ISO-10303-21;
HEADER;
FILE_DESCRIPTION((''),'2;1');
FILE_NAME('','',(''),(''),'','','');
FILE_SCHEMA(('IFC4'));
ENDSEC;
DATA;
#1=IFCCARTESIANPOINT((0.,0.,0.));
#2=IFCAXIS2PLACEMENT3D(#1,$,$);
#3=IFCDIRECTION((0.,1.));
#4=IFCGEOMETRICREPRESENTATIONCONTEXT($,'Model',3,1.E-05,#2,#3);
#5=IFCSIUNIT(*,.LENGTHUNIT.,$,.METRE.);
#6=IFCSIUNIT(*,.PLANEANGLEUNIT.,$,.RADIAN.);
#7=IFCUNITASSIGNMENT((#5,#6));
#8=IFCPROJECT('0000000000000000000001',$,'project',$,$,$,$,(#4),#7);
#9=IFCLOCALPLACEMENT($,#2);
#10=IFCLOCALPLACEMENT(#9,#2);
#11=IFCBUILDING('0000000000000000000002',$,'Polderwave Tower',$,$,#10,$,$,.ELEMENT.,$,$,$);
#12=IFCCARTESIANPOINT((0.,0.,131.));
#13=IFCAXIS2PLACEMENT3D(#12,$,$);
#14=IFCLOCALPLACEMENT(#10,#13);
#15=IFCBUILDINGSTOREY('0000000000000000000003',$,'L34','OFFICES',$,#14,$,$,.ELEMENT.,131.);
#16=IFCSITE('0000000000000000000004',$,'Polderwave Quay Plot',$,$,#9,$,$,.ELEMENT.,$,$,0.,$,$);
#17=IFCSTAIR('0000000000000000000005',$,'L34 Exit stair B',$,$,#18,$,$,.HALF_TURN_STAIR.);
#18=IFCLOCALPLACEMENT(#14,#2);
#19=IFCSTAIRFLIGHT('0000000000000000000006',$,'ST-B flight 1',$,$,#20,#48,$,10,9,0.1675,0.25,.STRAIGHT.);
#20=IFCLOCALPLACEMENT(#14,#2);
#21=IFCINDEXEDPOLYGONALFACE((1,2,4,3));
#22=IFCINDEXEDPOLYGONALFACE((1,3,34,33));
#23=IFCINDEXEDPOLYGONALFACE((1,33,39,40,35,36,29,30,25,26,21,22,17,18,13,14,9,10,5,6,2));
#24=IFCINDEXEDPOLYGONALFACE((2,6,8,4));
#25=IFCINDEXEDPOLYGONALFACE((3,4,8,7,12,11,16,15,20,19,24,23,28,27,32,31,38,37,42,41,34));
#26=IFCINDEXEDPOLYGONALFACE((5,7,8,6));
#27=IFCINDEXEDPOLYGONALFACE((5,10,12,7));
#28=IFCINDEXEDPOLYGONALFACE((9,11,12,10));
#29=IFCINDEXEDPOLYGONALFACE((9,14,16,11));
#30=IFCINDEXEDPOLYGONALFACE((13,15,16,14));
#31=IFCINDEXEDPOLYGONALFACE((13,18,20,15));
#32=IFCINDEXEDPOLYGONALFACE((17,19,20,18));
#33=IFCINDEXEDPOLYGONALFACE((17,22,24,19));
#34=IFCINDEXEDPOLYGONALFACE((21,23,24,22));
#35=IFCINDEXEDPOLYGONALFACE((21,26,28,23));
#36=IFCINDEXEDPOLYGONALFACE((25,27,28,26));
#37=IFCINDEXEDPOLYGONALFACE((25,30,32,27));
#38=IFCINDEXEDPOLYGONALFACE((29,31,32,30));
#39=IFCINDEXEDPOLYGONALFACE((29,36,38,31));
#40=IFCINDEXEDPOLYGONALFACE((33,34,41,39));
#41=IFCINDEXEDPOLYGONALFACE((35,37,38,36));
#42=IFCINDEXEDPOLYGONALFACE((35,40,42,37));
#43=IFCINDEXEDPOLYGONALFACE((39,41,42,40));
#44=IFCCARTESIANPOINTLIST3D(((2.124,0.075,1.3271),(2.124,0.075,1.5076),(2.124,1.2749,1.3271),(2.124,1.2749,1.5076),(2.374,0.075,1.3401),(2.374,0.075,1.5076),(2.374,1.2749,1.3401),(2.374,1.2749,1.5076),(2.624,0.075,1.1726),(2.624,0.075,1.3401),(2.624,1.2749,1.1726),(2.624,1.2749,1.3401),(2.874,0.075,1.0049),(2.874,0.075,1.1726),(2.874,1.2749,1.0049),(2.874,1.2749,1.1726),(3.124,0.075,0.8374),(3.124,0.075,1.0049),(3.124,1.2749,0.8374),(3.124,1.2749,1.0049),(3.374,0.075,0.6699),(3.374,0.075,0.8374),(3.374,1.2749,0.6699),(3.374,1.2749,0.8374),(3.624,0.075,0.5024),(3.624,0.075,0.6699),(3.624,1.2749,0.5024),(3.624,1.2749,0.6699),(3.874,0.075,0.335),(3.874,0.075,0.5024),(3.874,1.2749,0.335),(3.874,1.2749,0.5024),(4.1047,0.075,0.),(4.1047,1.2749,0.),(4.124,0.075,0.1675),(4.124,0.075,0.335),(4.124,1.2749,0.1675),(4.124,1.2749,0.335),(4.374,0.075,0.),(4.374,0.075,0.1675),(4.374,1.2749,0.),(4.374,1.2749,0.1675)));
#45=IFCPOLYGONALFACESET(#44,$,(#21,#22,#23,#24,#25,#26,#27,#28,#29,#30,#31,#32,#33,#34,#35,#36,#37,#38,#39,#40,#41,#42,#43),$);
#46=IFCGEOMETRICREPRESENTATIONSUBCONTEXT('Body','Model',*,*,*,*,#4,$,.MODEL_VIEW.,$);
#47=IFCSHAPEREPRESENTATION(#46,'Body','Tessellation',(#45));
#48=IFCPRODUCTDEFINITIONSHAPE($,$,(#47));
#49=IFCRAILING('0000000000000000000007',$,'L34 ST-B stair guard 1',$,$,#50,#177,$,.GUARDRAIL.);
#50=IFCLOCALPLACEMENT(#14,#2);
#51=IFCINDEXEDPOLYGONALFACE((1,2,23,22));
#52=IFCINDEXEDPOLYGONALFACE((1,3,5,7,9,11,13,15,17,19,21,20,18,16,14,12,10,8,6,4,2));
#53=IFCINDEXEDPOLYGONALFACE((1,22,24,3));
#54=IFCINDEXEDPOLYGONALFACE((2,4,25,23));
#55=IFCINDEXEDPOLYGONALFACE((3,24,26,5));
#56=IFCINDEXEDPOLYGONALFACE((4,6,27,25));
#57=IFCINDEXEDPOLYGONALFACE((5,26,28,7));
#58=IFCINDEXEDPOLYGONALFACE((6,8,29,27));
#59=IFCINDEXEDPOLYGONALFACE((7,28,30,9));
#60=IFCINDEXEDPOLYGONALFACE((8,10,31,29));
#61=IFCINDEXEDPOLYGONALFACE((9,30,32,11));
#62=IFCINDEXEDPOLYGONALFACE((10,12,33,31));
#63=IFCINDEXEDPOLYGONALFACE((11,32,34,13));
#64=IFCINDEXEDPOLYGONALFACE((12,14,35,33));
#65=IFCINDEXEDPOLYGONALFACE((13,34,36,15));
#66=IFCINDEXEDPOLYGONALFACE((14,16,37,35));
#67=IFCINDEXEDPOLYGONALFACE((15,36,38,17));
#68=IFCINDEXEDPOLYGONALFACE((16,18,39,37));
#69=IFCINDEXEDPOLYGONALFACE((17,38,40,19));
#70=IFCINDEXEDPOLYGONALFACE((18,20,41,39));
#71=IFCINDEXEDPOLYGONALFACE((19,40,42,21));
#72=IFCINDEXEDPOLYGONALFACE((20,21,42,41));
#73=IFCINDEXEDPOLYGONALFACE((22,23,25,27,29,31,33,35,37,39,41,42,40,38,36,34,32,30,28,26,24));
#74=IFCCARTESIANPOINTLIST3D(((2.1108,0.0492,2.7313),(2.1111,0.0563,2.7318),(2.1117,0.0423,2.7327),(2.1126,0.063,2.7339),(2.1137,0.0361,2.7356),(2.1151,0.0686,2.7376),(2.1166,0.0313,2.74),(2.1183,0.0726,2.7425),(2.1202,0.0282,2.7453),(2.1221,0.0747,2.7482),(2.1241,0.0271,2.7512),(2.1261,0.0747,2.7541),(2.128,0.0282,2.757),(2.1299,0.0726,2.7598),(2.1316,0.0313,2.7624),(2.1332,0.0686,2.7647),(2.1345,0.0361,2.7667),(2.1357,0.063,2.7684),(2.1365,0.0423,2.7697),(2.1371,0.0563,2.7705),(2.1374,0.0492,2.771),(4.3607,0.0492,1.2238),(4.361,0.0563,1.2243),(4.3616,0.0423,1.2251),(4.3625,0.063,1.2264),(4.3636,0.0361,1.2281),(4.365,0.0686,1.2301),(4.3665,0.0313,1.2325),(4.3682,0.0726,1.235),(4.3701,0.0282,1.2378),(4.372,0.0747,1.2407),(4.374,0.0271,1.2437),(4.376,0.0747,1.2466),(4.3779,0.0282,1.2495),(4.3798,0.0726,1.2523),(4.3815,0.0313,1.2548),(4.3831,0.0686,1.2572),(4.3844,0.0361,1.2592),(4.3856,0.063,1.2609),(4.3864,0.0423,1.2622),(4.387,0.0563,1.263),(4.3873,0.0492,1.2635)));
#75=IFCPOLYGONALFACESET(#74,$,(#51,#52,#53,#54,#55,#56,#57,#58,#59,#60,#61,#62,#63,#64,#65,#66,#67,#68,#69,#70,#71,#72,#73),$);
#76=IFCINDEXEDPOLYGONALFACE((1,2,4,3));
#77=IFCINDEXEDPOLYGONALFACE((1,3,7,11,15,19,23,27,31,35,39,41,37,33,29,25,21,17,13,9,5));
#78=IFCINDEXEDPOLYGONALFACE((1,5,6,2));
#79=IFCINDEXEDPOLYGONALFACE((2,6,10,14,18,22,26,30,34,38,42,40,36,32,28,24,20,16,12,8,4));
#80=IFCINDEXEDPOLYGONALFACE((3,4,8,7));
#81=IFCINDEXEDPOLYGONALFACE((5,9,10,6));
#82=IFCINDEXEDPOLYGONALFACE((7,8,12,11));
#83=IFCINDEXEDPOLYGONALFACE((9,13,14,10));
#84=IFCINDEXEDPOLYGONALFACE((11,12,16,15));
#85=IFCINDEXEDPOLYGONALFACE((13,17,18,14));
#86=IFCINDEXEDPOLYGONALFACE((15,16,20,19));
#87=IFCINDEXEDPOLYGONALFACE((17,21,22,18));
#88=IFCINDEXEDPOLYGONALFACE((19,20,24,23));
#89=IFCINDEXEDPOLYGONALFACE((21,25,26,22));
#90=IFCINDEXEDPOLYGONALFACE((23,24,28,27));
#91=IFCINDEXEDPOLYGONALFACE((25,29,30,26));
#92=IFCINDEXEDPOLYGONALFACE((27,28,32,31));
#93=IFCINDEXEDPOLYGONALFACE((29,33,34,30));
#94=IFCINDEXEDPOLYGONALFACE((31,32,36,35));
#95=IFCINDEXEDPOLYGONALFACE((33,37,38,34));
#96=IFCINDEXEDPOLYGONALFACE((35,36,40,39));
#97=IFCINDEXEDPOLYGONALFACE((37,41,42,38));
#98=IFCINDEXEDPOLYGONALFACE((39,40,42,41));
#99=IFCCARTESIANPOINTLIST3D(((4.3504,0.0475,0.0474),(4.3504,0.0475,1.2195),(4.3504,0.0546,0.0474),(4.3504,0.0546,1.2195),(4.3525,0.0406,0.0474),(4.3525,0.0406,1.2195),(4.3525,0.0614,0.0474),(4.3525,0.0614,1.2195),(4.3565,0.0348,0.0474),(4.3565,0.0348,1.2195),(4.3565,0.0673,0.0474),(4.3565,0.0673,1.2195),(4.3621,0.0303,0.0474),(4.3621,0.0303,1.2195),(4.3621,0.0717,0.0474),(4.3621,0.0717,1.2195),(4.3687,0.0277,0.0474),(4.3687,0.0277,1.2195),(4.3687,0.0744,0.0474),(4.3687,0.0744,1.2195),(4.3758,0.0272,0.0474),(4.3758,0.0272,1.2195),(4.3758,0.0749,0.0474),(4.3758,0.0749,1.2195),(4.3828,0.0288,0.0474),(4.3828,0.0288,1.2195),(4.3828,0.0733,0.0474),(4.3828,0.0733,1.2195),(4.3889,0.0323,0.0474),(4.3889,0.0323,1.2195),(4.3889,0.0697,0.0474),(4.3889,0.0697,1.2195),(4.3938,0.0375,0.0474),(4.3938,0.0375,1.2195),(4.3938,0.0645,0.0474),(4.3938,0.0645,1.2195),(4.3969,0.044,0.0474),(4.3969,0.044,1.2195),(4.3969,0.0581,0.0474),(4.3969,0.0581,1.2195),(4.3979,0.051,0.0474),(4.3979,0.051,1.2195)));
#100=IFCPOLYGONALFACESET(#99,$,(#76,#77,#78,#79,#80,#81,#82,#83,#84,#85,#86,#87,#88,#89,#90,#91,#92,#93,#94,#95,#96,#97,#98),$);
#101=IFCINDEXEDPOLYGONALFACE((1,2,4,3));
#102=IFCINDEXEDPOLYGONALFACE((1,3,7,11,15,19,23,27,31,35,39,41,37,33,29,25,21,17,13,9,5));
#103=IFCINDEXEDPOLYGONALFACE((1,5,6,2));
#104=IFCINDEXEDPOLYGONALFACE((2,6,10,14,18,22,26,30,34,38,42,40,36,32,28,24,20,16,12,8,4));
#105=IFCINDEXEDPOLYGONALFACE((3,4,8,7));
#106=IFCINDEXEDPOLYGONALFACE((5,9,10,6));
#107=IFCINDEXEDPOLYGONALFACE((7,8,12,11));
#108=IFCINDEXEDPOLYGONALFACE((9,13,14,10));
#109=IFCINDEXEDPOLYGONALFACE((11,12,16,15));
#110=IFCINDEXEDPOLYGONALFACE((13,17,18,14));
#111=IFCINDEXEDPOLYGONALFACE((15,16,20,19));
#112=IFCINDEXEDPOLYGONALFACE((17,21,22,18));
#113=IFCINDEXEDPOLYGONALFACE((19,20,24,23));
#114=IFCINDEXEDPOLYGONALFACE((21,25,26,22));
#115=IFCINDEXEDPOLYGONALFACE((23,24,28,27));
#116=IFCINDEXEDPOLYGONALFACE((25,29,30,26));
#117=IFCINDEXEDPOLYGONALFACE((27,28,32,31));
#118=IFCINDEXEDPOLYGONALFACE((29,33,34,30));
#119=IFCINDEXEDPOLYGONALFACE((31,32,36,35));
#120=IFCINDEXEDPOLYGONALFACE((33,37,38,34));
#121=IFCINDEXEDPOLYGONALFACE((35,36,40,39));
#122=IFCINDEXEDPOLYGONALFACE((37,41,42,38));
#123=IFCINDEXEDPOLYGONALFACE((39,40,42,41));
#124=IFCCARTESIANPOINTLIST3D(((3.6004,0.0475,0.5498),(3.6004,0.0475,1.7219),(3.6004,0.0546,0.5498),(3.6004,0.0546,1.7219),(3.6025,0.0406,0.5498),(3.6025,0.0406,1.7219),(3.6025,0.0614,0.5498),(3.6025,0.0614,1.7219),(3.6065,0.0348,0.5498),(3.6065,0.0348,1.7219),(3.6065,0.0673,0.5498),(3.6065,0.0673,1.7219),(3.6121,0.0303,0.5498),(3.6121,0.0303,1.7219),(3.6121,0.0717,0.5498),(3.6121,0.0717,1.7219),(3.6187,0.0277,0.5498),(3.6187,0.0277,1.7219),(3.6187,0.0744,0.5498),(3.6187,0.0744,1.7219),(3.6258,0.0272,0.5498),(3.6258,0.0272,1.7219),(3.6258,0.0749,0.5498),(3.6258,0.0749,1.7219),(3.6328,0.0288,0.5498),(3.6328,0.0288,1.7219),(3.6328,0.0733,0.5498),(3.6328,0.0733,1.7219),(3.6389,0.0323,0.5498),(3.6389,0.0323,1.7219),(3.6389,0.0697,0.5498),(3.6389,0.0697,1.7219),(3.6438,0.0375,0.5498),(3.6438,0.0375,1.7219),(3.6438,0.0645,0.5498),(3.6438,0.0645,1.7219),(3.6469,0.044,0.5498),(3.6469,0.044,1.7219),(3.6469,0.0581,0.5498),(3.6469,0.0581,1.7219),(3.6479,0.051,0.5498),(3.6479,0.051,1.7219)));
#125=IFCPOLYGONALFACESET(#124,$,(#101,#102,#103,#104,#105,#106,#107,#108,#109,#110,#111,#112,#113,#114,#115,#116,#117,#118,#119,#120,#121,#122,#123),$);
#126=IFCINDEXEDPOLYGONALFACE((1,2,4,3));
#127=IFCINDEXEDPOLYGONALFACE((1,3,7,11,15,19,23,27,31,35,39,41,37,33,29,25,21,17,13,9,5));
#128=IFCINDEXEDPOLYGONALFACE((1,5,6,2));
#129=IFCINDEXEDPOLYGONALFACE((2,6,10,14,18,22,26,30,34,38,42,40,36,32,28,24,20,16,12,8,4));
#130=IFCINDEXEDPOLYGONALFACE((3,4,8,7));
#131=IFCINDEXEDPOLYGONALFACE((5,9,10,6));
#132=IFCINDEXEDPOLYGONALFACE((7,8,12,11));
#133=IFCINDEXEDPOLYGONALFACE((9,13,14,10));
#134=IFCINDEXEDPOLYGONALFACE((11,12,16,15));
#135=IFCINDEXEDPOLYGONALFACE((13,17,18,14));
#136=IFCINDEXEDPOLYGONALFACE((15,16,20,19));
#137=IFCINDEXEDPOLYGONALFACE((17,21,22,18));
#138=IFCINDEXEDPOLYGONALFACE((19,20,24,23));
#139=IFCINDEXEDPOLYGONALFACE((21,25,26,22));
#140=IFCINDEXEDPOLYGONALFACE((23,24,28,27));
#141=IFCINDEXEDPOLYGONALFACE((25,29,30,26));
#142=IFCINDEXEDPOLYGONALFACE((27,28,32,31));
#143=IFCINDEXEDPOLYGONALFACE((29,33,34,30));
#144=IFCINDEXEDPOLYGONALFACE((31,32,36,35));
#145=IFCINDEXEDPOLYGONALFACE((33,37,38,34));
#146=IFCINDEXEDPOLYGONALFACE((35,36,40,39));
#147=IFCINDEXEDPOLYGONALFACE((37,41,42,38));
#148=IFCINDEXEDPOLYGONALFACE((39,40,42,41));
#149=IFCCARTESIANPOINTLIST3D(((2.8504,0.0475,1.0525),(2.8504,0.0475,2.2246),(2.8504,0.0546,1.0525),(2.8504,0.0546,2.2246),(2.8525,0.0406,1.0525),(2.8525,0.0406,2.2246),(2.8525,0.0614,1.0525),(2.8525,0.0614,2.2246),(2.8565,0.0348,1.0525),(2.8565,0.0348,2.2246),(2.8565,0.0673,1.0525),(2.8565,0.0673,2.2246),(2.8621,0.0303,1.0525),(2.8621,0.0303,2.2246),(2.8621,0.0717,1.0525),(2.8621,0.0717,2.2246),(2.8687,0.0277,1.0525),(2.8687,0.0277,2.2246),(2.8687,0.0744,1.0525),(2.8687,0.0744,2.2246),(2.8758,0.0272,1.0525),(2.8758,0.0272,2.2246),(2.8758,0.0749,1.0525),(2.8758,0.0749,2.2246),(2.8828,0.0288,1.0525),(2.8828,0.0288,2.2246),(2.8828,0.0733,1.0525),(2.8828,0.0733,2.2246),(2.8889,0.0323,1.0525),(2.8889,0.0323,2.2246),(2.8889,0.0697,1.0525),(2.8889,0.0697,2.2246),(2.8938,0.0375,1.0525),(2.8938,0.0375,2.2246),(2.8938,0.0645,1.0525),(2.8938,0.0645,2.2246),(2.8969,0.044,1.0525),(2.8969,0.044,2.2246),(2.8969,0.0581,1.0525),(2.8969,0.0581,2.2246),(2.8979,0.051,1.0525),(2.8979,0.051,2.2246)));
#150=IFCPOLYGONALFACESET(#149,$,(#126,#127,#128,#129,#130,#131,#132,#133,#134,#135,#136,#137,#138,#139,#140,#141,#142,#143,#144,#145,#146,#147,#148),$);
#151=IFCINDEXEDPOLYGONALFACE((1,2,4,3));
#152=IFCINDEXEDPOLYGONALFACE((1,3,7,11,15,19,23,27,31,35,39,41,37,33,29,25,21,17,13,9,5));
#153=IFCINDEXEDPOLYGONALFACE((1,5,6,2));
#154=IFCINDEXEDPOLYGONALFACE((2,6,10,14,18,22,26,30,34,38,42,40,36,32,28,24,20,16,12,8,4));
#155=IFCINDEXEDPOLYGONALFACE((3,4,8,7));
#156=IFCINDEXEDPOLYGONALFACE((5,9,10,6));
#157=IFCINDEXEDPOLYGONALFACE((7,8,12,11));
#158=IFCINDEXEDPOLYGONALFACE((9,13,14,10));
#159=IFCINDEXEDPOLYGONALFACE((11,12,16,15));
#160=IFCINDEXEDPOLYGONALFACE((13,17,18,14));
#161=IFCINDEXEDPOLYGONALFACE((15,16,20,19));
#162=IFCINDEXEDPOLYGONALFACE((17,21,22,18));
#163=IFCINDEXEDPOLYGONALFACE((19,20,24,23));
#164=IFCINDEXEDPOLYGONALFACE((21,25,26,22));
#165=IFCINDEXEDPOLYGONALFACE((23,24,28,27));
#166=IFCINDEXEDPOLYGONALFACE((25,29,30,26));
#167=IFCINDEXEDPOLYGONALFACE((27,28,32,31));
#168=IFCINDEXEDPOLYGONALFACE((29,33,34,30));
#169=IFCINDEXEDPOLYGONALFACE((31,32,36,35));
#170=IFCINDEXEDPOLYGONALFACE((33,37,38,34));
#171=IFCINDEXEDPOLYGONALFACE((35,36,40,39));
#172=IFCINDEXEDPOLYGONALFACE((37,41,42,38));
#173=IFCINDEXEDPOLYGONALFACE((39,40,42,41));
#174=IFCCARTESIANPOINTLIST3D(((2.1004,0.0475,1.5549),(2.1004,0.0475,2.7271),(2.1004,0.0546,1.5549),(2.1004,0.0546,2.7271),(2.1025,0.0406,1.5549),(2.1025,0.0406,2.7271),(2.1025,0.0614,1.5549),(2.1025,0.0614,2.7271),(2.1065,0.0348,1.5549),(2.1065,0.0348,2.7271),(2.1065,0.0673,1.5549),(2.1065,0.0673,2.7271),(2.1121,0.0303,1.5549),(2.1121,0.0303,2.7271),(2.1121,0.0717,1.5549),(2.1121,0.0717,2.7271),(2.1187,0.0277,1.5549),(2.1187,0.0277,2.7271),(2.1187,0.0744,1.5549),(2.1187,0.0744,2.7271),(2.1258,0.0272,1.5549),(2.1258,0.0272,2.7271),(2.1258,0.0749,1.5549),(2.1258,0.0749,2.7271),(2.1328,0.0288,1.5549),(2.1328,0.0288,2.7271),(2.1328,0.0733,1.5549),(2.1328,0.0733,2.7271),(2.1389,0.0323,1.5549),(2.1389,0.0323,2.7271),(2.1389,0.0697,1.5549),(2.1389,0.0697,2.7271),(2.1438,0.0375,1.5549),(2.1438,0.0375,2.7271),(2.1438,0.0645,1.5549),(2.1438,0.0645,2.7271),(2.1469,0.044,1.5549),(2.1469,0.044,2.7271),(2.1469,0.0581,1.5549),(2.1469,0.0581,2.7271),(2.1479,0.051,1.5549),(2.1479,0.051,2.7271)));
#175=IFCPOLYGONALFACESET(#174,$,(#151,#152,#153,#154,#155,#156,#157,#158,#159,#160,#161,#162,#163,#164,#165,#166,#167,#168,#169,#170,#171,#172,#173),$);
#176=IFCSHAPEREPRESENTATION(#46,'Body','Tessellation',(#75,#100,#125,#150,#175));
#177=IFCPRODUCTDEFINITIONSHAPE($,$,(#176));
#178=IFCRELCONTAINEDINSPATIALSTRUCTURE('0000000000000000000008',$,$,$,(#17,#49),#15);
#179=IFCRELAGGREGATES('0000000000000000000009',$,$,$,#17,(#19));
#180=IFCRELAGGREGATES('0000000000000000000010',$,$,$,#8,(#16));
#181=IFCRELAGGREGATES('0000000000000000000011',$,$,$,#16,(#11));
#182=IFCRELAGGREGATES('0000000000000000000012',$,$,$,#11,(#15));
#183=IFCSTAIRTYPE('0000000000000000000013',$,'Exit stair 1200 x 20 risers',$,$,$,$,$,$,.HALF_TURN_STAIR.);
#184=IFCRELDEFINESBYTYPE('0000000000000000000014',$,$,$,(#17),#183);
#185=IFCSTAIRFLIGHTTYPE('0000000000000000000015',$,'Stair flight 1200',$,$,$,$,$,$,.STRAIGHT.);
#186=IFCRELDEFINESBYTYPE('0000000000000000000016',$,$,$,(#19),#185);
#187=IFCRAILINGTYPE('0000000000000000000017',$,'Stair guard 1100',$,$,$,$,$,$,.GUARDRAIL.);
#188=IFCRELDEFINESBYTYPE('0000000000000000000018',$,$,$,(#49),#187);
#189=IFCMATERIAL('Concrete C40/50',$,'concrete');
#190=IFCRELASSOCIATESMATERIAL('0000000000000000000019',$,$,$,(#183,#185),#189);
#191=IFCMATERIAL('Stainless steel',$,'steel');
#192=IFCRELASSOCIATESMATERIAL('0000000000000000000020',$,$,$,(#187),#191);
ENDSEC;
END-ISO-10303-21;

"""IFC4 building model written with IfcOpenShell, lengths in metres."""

from ifc_helpers import new_model, si_unit, direction, frame, origin, origin_2d, place, context, subcontext, project, spatial, polyline, circle, outline, extrude, material, type_object, element, aggregate, save


model = new_model("IFC4")

# Units and contexts
model_context = context("Model", 3, precision=1e-05, world=origin(), true_north=direction((0.0, 1.0)))
body_context = subcontext(model_context, "Body", "Model", "MODEL_VIEW")
ifc_project = project(units=[si_unit("LENGTHUNIT", "METRE"), si_unit("PLANEANGLEUNIT", "RADIAN")], contexts=[model_context])

# Site, building, storey
site_placement = place(None, origin())
site = spatial("IfcSite", under=ifc_project, at=site_placement, Name="Polderwave Quay Plot", CompositionType="ELEMENT", RefElevation=0.0)
building_placement = place(site_placement, origin())
building = spatial("IfcBuilding", under=site, at=building_placement, Name="Polderwave Tower", CompositionType="ELEMENT")
storey_placement = place(building_placement, frame((0.0, 0.0, 131.0)))
storey = spatial("IfcBuildingStorey", under=building, at=storey_placement, Name="L34", Description="OFFICES", CompositionType="ELEMENT", Elevation=131.0)

# Shared definitions
ifc_material_1 = material(Name="Stainless steel", Category="steel")

# Stair, stair flight
ifc_material_2 = material(Name="Concrete C40/50", Category="concrete")
stair_type = type_object("IfcStairType", Name="Exit stair 1200 x 20 risers", PredefinedType="HALF_TURN_STAIR", material=ifc_material_2)
stair_placement = place(storey_placement, origin())
stair = element("IfcStair", 1, at=stair_placement, inside=storey, type_object=stair_type, Name="L34 Exit stair B", PredefinedType="HALF_TURN_STAIR")
stair_flight_type = type_object("IfcStairFlightType", Name="Stair flight 1200", PredefinedType="STRAIGHT", material=ifc_material_2)
stair_flight_placement = place(storey_placement, frame((4.374, 0.675, 0.0), z_axis=(0.0, 0.0, 1.0), x_axis=(-1.0, 0.0, 0.0)))
stair_flight = element("IfcStairFlight", 2, at=stair_flight_placement, type_object=stair_flight_type, Name="ST-B flight 1", NumberOfRisers=10, NumberOfTreads=9, PredefinedType="STRAIGHT", RiserHeight=0.1675, TreadLength=0.25, context=body_context, shape_type="SweptSolid", body=[
    extrude(outline(polyline([(0.0, 0.0), (0.0, 0.1675), (0.25, 0.1675), (0.25, 0.335), (0.5, 0.335), (0.5, 0.5024), (0.75, 0.5024), (0.75, 0.6699), (1.0, 0.6699), (1.0, 0.8374), (1.25, 0.8374), (1.25, 1.0049), (1.5, 1.0049), (1.5, 1.1726), (1.75, 1.1726), (1.75, 1.3401), (2.0, 1.3401), (2.0, 1.5076), (2.25, 1.5076), (2.25, 1.675), (2.25, 1.3271), (0.2693, 0.0), (0.0, 0.0)])), frame((0.0, 0.6001, 0.0), z_axis=(0.0, -1.0, 0.0), x_axis=(1.0, 0.0, 0.0)), (0.0, 0.0, 1.0), 1.2),
])
aggregate(stair, [stair_flight])

# Railing
railing_type_1 = type_object("IfcRailingType", Name="Stair guard 1100", PredefinedType="GUARDRAIL", material=ifc_material_1)
railing_1_placement = place(storey_placement, frame((4.374, 0.051, 0.0474)))
element("IfcRailing", 3, at=railing_1_placement, inside=storey, type_object=railing_type_1, Name="L34 ST-B stair guard 1", PredefinedType="GUARDRAIL", context=body_context, shape_type="SweptSolid", body=[
    extrude(circle(Radius=0.0239, at=origin_2d()), frame((0.0, 0.0, 1.1963), z_axis=(-0.830758, 0.0, 0.556633), x_axis=(0.0, -1.0, 0.0)), (0.0, 0.0, 1.0), 2.7083),
    extrude(circle(Radius=0.0239, at=origin_2d()), origin(), (0.0, 0.0, 1.0), 1.1721),
    extrude(circle(Radius=0.0239, at=origin_2d()), frame((-0.75, 0.0, 0.5024)), (0.0, 0.0, 1.0), 1.1721),
    extrude(circle(Radius=0.0239, at=origin_2d()), frame((-1.5, 0.0, 1.0051)), (0.0, 0.0, 1.0), 1.1721),
    extrude(circle(Radius=0.0239, at=origin_2d()), frame((-2.25, 0.0, 1.5076)), (0.0, 0.0, 1.0), 1.1721),
])

save(model, "model.ifc")
